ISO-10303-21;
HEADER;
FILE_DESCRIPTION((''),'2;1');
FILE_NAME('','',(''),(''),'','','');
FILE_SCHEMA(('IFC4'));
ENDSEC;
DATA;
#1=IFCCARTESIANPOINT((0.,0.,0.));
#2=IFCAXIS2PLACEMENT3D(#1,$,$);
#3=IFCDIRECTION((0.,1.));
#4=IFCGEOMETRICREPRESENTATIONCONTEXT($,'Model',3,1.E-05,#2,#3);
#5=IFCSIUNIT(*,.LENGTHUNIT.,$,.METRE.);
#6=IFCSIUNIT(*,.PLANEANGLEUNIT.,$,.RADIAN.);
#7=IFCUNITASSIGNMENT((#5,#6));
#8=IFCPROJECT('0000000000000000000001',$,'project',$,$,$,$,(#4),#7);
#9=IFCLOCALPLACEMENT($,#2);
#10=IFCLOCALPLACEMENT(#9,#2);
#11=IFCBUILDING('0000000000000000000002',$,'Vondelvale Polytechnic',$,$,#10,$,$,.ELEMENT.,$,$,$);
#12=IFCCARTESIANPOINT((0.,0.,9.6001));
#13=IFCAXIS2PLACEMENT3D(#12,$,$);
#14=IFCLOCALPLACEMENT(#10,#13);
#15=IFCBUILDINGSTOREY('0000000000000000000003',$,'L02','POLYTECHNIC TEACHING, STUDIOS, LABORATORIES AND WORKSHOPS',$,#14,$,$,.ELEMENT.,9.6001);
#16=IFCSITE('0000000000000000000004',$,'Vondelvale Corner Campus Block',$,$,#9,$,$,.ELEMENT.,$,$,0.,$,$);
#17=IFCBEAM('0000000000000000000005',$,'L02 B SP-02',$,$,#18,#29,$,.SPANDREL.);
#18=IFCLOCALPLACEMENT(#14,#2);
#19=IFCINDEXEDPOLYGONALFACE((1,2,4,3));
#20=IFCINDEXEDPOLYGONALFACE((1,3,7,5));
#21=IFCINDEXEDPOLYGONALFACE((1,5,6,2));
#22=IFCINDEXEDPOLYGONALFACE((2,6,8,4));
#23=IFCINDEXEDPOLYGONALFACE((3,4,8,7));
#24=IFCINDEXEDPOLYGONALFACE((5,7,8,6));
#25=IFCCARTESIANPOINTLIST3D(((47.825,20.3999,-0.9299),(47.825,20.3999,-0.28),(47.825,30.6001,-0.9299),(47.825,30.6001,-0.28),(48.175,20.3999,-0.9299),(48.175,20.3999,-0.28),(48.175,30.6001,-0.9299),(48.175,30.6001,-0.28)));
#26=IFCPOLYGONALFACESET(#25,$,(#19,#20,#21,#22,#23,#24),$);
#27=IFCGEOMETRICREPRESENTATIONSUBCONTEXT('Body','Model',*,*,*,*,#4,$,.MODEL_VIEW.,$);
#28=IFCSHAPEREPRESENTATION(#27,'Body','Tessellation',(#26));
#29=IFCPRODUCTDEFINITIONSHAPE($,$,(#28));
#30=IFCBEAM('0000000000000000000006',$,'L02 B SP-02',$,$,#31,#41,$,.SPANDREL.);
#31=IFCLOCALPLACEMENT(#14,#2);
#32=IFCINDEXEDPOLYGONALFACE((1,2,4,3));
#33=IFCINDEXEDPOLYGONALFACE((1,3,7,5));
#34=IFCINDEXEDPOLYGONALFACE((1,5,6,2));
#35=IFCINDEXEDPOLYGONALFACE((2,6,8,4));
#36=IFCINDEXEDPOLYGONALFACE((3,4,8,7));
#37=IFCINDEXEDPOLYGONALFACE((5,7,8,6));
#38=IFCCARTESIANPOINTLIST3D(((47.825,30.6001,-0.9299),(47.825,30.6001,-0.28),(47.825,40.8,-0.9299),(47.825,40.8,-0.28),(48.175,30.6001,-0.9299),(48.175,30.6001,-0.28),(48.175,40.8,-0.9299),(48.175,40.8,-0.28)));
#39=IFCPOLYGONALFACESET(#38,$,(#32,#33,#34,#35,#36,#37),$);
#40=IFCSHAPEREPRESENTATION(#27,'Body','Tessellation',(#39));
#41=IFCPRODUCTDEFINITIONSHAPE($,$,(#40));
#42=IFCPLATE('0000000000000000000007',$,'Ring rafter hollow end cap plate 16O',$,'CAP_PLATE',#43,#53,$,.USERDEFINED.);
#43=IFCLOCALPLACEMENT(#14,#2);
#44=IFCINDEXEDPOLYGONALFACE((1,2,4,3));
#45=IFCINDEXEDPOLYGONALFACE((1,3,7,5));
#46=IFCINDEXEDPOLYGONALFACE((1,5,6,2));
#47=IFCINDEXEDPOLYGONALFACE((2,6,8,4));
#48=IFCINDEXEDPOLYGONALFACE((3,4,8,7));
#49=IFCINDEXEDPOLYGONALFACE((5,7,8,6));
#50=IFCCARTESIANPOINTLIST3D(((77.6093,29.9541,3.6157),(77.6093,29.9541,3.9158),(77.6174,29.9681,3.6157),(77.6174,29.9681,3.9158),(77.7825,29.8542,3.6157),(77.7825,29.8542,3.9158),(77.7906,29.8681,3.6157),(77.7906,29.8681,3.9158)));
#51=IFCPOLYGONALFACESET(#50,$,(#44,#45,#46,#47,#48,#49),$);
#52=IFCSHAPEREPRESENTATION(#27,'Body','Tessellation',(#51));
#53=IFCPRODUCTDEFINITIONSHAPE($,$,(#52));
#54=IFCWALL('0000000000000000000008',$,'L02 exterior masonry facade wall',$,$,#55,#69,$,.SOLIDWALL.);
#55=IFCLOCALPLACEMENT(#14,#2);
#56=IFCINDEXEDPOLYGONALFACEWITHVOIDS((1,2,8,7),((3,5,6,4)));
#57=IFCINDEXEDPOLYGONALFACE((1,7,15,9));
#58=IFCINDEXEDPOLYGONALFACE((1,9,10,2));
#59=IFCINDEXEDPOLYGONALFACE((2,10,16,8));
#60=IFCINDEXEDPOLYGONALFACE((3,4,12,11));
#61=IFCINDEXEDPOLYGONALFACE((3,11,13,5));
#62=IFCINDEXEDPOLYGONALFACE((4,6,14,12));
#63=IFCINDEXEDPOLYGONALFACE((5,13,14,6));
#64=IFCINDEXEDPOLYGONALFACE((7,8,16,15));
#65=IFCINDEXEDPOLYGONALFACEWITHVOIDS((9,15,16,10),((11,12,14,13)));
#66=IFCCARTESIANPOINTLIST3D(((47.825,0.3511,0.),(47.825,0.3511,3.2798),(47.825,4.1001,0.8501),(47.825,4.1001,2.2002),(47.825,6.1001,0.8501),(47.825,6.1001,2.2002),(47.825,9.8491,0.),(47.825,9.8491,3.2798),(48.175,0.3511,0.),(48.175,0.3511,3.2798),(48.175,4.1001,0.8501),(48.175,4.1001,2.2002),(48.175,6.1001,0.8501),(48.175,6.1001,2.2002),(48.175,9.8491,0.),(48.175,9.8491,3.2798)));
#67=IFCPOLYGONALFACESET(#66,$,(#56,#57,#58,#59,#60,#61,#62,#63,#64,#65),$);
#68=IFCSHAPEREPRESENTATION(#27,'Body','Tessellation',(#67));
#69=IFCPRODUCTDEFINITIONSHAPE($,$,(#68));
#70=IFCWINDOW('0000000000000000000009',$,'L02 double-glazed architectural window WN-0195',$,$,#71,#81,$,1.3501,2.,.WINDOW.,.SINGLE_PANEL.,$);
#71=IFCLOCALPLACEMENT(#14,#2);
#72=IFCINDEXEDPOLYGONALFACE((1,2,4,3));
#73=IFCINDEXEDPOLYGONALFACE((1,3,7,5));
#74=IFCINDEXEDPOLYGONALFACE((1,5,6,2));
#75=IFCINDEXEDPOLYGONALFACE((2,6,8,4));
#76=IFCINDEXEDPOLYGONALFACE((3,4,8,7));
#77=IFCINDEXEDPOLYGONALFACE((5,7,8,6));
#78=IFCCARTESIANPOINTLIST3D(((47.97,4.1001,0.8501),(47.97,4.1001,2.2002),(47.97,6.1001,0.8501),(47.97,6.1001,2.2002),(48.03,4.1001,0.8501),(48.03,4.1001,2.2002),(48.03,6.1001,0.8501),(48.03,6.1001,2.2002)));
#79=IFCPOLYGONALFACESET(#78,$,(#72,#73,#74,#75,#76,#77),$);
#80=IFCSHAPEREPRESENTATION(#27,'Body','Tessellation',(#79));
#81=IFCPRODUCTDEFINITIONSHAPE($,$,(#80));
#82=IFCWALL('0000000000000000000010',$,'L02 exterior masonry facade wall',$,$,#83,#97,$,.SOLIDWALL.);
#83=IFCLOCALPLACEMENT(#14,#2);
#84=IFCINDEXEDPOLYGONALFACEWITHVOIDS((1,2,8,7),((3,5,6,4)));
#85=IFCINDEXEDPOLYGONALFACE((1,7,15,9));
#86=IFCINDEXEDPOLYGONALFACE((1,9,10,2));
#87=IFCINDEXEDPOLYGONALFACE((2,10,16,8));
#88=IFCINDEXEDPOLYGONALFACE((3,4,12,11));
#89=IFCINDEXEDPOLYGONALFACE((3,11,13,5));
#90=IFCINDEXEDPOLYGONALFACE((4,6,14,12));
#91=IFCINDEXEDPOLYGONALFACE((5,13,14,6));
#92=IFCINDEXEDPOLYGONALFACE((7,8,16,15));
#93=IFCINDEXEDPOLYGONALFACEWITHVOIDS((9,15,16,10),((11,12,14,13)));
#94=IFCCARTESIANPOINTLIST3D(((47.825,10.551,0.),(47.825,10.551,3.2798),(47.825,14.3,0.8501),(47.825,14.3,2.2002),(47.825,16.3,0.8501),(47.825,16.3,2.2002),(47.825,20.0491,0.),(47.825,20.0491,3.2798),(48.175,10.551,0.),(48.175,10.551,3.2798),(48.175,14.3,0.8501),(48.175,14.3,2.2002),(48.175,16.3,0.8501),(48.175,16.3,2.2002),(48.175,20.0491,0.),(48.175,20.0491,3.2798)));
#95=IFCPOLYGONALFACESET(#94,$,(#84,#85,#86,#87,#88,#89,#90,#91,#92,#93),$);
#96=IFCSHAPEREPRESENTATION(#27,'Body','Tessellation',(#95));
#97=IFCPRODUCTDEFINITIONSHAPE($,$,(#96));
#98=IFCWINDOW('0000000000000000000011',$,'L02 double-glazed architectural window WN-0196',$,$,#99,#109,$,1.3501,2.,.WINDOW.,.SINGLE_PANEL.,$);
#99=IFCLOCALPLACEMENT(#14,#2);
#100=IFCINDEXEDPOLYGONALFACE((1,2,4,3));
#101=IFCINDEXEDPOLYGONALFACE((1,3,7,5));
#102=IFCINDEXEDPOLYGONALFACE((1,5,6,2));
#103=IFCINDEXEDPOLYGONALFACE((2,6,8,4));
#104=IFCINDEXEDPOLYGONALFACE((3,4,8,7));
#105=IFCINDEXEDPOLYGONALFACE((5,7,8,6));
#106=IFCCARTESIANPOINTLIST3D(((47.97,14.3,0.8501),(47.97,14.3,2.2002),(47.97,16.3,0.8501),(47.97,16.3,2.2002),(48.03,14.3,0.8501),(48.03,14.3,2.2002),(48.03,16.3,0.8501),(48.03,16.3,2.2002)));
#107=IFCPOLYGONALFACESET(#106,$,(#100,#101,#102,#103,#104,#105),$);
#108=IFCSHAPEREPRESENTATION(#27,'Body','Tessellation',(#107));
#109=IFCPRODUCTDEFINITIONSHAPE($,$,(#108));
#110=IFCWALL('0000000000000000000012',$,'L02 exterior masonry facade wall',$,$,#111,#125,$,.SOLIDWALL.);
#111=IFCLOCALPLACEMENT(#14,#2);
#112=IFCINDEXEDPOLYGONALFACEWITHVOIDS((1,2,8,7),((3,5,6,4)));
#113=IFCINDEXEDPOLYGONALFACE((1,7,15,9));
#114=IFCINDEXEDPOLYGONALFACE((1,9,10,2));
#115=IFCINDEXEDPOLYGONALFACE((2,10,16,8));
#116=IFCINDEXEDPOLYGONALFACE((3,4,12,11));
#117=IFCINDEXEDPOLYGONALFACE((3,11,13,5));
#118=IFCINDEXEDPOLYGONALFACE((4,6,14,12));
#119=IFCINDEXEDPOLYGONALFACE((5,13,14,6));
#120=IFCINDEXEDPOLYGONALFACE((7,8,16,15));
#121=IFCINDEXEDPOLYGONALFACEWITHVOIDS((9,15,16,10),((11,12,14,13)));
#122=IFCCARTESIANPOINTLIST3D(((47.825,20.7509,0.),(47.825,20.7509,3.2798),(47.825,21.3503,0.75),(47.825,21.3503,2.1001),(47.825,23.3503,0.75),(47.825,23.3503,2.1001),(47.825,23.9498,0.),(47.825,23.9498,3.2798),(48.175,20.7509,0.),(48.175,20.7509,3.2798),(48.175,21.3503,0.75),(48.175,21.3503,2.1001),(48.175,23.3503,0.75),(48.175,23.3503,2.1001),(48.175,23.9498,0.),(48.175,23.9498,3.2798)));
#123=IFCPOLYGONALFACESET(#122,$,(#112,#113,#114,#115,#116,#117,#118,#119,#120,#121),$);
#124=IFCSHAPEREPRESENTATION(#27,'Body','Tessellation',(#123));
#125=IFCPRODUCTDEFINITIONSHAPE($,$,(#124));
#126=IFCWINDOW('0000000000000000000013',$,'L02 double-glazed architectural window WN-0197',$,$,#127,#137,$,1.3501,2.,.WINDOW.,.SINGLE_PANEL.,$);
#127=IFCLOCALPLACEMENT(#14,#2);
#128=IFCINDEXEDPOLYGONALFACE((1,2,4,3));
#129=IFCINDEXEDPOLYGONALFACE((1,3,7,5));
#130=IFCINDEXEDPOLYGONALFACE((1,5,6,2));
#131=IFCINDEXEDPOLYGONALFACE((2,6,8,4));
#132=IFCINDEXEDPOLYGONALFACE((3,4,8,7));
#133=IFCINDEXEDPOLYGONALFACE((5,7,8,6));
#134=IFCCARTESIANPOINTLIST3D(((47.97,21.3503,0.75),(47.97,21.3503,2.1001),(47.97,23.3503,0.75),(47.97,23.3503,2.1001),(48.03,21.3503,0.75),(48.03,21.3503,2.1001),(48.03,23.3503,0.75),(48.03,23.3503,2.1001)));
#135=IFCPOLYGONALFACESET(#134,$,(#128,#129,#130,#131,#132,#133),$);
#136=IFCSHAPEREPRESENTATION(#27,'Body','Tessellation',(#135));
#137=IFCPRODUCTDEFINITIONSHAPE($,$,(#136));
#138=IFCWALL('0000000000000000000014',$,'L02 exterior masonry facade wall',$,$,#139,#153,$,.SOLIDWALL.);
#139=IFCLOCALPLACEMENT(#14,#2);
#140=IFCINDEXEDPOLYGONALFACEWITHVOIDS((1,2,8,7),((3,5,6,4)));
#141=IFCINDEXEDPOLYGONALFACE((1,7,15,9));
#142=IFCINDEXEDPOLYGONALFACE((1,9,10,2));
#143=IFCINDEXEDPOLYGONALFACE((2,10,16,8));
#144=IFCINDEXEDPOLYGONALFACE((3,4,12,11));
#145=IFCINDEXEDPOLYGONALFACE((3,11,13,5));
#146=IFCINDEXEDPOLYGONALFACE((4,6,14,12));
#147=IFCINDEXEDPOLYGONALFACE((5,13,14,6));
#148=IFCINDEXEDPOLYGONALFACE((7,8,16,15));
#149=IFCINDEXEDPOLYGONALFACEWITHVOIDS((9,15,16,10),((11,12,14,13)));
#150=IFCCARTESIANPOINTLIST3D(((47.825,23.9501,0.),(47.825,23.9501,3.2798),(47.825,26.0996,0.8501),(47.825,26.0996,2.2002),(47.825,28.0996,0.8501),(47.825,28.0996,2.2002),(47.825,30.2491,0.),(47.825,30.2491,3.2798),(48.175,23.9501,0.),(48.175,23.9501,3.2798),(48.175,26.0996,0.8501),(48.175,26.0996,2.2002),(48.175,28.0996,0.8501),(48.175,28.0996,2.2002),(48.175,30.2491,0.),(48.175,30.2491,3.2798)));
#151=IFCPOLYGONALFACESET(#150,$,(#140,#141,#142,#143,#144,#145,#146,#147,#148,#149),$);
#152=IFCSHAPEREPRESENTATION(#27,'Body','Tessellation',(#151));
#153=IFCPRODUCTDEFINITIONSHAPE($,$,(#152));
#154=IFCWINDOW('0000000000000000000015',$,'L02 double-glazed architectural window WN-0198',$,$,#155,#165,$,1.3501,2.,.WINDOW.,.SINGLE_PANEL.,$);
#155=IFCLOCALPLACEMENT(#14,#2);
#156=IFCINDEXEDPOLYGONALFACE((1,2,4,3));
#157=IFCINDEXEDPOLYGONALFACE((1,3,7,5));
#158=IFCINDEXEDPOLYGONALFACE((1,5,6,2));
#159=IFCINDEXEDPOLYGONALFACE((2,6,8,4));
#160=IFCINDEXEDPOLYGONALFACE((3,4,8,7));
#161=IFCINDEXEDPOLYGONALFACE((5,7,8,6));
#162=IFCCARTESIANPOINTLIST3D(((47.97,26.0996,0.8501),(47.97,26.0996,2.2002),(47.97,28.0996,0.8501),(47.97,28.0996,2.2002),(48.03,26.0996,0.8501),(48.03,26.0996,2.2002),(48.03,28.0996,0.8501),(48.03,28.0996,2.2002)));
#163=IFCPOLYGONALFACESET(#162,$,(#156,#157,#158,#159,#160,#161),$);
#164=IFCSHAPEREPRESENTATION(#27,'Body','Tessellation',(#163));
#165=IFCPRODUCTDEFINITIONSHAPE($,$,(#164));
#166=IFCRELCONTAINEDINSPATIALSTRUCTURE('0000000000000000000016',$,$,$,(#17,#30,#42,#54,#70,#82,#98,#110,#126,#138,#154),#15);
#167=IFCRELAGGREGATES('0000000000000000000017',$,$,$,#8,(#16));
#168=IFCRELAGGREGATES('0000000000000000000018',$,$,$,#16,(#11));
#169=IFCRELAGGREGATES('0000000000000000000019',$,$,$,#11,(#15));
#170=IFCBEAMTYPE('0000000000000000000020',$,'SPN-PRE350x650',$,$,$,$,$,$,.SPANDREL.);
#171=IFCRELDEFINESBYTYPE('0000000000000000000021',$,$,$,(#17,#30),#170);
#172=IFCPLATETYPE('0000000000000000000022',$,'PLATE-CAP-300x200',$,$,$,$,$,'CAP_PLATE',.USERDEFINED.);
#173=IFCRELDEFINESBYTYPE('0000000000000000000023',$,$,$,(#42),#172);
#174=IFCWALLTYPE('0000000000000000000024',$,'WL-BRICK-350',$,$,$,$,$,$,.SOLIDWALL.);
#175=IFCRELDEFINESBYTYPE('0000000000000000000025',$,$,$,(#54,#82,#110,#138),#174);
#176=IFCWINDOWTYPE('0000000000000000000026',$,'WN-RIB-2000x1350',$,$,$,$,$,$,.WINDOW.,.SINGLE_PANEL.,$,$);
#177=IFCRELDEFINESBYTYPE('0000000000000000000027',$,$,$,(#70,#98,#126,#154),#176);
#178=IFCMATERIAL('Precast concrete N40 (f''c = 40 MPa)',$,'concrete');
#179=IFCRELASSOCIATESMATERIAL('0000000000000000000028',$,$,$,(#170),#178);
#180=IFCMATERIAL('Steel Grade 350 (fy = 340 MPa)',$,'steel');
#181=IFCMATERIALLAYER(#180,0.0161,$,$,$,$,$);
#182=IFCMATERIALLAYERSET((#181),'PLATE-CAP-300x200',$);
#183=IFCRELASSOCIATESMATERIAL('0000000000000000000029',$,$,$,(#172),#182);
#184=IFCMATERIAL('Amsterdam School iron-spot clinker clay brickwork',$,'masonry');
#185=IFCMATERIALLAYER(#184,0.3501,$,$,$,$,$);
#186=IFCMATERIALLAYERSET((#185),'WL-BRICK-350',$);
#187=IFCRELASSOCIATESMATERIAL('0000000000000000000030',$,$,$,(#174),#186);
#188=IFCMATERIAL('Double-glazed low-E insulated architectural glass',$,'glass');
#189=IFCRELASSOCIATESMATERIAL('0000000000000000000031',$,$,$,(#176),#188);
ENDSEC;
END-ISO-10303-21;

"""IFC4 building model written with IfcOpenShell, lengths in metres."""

from ifc_helpers import new_model, si_unit, direction, frame, frame_2d, origin, origin_2d, place, context, subcontext, project, spatial, rectangle, extrude, material, layer, layer_set, material_profile, profile_set, type_object, element, fill, save


model = new_model("IFC4")

# Units and contexts
model_context = context("Model", 3, precision=1e-05, world=origin(), true_north=direction((0.0, 1.0)))
body_context = subcontext(model_context, "Body", "Model", "MODEL_VIEW")
ifc_project = project(units=[si_unit("LENGTHUNIT", "METRE"), si_unit("PLANEANGLEUNIT", "RADIAN")], contexts=[model_context])

# Site, building, storey
site_placement = place(None, origin())
site = spatial("IfcSite", under=ifc_project, at=site_placement, Name="Vondelvale Corner Campus Block", CompositionType="ELEMENT", RefElevation=0.0)
building_placement = place(site_placement, origin())
building = spatial("IfcBuilding", under=site, at=building_placement, Name="Vondelvale Polytechnic", CompositionType="ELEMENT")
storey_placement = place(building_placement, frame((0.0, 0.0, 9.6001)))
storey = spatial("IfcBuildingStorey", under=building, at=storey_placement, Name="L02", Description="POLYTECHNIC TEACHING, STUDIOS, LABORATORIES AND WORKSHOPS", CompositionType="ELEMENT", Elevation=9.6001)

# Beams
ifc_material_1 = material(Name="Precast concrete N40 (f'c = 40 MPa)", Category="concrete")
ifc_material_profile_1 = material_profile(ifc_material_1, rectangle(XDim=0.3501, YDim=0.6499, at=origin_2d()), Name="RC-SPN-350x650")
ifc_profile_set_1 = profile_set([ifc_material_profile_1], Name="Precast concrete N40 (f'c = 40 MPa)")
beam_type_1 = type_object("IfcBeamType", Name="SPN-PRE350x650", PredefinedType="SPANDREL", material=ifc_profile_set_1)
beam_1_placement = place(storey_placement, frame((48.0, 20.3999, -0.605), z_axis=(0.0, 1.0, 0.0), x_axis=(-1.0, 0.0, 0.0)))
element("IfcBeam", 1, at=beam_1_placement, inside=storey, type_object=beam_type_1, Name="L02 B SP-02", PredefinedType="SPANDREL", context=body_context, shape_type="SweptSolid", body=[
    extrude(rectangle(XDim=0.3501, YDim=0.6499, at=origin_2d()), origin(), (0.0, 0.0, 1.0), 10.2002),
])
beam_2_placement = place(storey_placement, frame((48.0, 30.6001, -0.605), z_axis=(0.0, 1.0, 0.0), x_axis=(-1.0, 0.0, 0.0)))
element("IfcBeam", 2, at=beam_2_placement, inside=storey, type_object=beam_type_1, Name="L02 B SP-02", PredefinedType="SPANDREL", context=body_context, shape_type="SweptSolid", body=[
    extrude(rectangle(XDim=0.3501, YDim=0.6499, at=origin_2d()), origin(), (0.0, 0.0, 1.0), 10.2),
])

# Plate
ifc_material_2 = material(Name="Steel Grade 350 (fy = 340 MPa)", Category="steel")
ifc_layer_1 = layer(ifc_material_2, 0.0161)
ifc_layer_set_1 = layer_set([ifc_layer_1], Name="PLATE-CAP-300x200")
plate_type = type_object("IfcPlateType", Name="PLATE-CAP-300x200", ElementType="CAP_PLATE", PredefinedType="USERDEFINED", material=ifc_layer_set_1)
plate_placement = place(storey_placement, frame((77.7, 29.9111, 3.6157), z_axis=(0.0, 0.0, 1.0), x_axis=(0.5, 0.866025, 0.0)))
element("IfcPlate", 3, at=plate_placement, inside=storey, type_object=plate_type, Name="Ring rafter hollow end cap plate 16O", ObjectType="CAP_PLATE", PredefinedType="USERDEFINED", context=body_context, shape_type="SweptSolid", body=[
    extrude(rectangle(XDim=0.0161, YDim=0.2, at=origin_2d()), origin(), (0.0, 0.0, 1.0), 0.3),
])

# Walls, openings, windows
ifc_material_3 = material(Name="Amsterdam School iron-spot clinker clay brickwork", Category="masonry")
ifc_layer_2 = layer(ifc_material_3, 0.3501)
ifc_layer_set_2 = layer_set([ifc_layer_2], Name="WL-BRICK-350")
wall_type = type_object("IfcWallType", Name="WL-BRICK-350", PredefinedType="SOLIDWALL", material=ifc_layer_set_2)
wall_1_placement = place(storey_placement, frame((48.0, 9.8491, 0.0), z_axis=(0.0, 0.0, 1.0), x_axis=(0.0, -1.0, 0.0)))
wall_1 = element("IfcWall", 4, at=wall_1_placement, inside=storey, type_object=wall_type, Name="L02 exterior masonry facade wall", PredefinedType="SOLIDWALL", context=body_context, shape_type="SweptSolid", body=[
    extrude(rectangle(XDim=9.498, YDim=0.3501, at=frame_2d((4.749, 0.0))), origin(), (0.0, 0.0, 1.0), 3.2798),
])
opening_1_placement = place(wall_1_placement, frame((3.749, 0.0, 0.8501)))
opening_1 = element("IfcOpeningElement", 5, at=opening_1_placement, cuts=wall_1, PredefinedType="OPENING", context=body_context, shape_type="SweptSolid", body=[
    extrude(rectangle(XDim=2.0, YDim=1.3501, at=frame_2d((1.0, 0.675))), frame((0.0, 0.1851, 0.0), z_axis=(0.0, -1.0, 0.0), x_axis=(1.0, 0.0, 0.0)), (0.0, 0.0, 1.0), 0.3701),
])
ifc_material_4 = material(Name="Double-glazed low-E insulated architectural glass", Category="glass")
window_type = type_object("IfcWindowType", Name="WN-RIB-2000x1350", PartitioningType="SINGLE_PANEL", PredefinedType="WINDOW", material=ifc_material_4)
window_1_placement = place(opening_1_placement, origin())
window_1 = element("IfcWindow", 6, at=window_1_placement, inside=storey, type_object=window_type, Name="L02 double-glazed architectural window WN-0195", OverallHeight=1.3501, OverallWidth=2.0, PartitioningType="SINGLE_PANEL", PredefinedType="WINDOW", context=body_context, shape_type="SweptSolid", body=[
    extrude(rectangle(XDim=2.0, YDim=1.3501, at=frame_2d((1.0, 0.675))), frame((0.0, 0.03, 0.0), z_axis=(0.0, -1.0, 0.0), x_axis=(1.0, 0.0, 0.0)), (0.0, 0.0, 1.0), 0.0601),
])
fill(opening_1, window_1)
wall_2_placement = place(storey_placement, frame((48.0, 20.0491, 0.0), z_axis=(0.0, 0.0, 1.0), x_axis=(0.0, -1.0, 0.0)))
wall_2 = element("IfcWall", 7, at=wall_2_placement, inside=storey, type_object=wall_type, Name="L02 exterior masonry facade wall", PredefinedType="SOLIDWALL", context=body_context, shape_type="SweptSolid", body=[
    extrude(rectangle(XDim=9.498, YDim=0.3501, at=frame_2d((4.749, 0.0))), origin(), (0.0, 0.0, 1.0), 3.2798),
])
opening_2_placement = place(wall_2_placement, frame((3.749, 0.0, 0.8501)))
opening_2 = element("IfcOpeningElement", 8, at=opening_2_placement, cuts=wall_2, PredefinedType="OPENING", context=body_context, shape_type="SweptSolid", body=[
    extrude(rectangle(XDim=2.0, YDim=1.3501, at=frame_2d((1.0, 0.675))), frame((0.0, 0.1851, 0.0), z_axis=(0.0, -1.0, 0.0), x_axis=(1.0, 0.0, 0.0)), (0.0, 0.0, 1.0), 0.3701),
])
window_2_placement = place(opening_2_placement, origin())
window_2 = element("IfcWindow", 9, at=window_2_placement, inside=storey, type_object=window_type, Name="L02 double-glazed architectural window WN-0196", OverallHeight=1.3501, OverallWidth=2.0, PartitioningType="SINGLE_PANEL", PredefinedType="WINDOW", context=body_context, shape_type="SweptSolid", body=[
    extrude(rectangle(XDim=2.0, YDim=1.3501, at=frame_2d((1.0, 0.675))), frame((0.0, 0.03, 0.0), z_axis=(0.0, -1.0, 0.0), x_axis=(1.0, 0.0, 0.0)), (0.0, 0.0, 1.0), 0.0601),
])
fill(opening_2, window_2)
wall_3_placement = place(storey_placement, frame((48.0, 23.95, 0.0), z_axis=(0.0, 0.0, 1.0), x_axis=(0.0, -1.0, 0.0)))
wall_3 = element("IfcWall", 10, at=wall_3_placement, inside=storey, type_object=wall_type, Name="L02 exterior masonry facade wall", PredefinedType="SOLIDWALL", context=body_context, shape_type="SweptSolid", body=[
    extrude(rectangle(XDim=3.199, YDim=0.3501, at=frame_2d((1.5996, 0.0))), origin(), (0.0, 0.0, 1.0), 3.2798),
])
opening_3_placement = place(wall_3_placement, frame((0.5996, 0.0, 0.75)))
opening_3 = element("IfcOpeningElement", 11, at=opening_3_placement, cuts=wall_3, PredefinedType="OPENING", context=body_context, shape_type="SweptSolid", body=[
    extrude(rectangle(XDim=2.0, YDim=1.3501, at=frame_2d((1.0, 0.675))), frame((0.0, 0.1851, 0.0), z_axis=(0.0, -1.0, 0.0), x_axis=(1.0, 0.0, 0.0)), (0.0, 0.0, 1.0), 0.3701),
])
window_3_placement = place(opening_3_placement, origin())
window_3 = element("IfcWindow", 12, at=window_3_placement, inside=storey, type_object=window_type, Name="L02 double-glazed architectural window WN-0197", OverallHeight=1.3501, OverallWidth=2.0, PartitioningType="SINGLE_PANEL", PredefinedType="WINDOW", context=body_context, shape_type="SweptSolid", body=[
    extrude(rectangle(XDim=2.0, YDim=1.3501, at=frame_2d((1.0, 0.675))), frame((0.0, 0.03, 0.0), z_axis=(0.0, -1.0, 0.0), x_axis=(1.0, 0.0, 0.0)), (0.0, 0.0, 1.0), 0.0601),
])
fill(opening_3, window_3)
wall_4_placement = place(storey_placement, frame((48.0, 30.249, 0.0), z_axis=(0.0, 0.0, 1.0), x_axis=(0.0, -1.0, 0.0)))
wall_4 = element("IfcWall", 13, at=wall_4_placement, inside=storey, type_object=wall_type, Name="L02 exterior masonry facade wall", PredefinedType="SOLIDWALL", context=body_context, shape_type="SweptSolid", body=[
    extrude(rectangle(XDim=6.2991, YDim=0.3501, at=frame_2d((3.1494, 0.0))), origin(), (0.0, 0.0, 1.0), 3.2798),
])
opening_4_placement = place(wall_4_placement, frame((2.1494, 0.0, 0.8501)))
opening_4 = element("IfcOpeningElement", 14, at=opening_4_placement, cuts=wall_4, PredefinedType="OPENING", context=body_context, shape_type="SweptSolid", body=[
    extrude(rectangle(XDim=2.0, YDim=1.3501, at=frame_2d((1.0, 0.675))), frame((0.0, 0.1851, 0.0), z_axis=(0.0, -1.0, 0.0), x_axis=(1.0, 0.0, 0.0)), (0.0, 0.0, 1.0), 0.3701),
])
window_4_placement = place(opening_4_placement, origin())
window_4 = element("IfcWindow", 15, at=window_4_placement, inside=storey, type_object=window_type, Name="L02 double-glazed architectural window WN-0198", OverallHeight=1.3501, OverallWidth=2.0, PartitioningType="SINGLE_PANEL", PredefinedType="WINDOW", context=body_context, shape_type="SweptSolid", body=[
    extrude(rectangle(XDim=2.0, YDim=1.3501, at=frame_2d((1.0, 0.675))), frame((0.0, 0.03, 0.0), z_axis=(0.0, -1.0, 0.0), x_axis=(1.0, 0.0, 0.0)), (0.0, 0.0, 1.0), 0.0601),
])
fill(opening_4, window_4)

save(model, "model.ifc")
